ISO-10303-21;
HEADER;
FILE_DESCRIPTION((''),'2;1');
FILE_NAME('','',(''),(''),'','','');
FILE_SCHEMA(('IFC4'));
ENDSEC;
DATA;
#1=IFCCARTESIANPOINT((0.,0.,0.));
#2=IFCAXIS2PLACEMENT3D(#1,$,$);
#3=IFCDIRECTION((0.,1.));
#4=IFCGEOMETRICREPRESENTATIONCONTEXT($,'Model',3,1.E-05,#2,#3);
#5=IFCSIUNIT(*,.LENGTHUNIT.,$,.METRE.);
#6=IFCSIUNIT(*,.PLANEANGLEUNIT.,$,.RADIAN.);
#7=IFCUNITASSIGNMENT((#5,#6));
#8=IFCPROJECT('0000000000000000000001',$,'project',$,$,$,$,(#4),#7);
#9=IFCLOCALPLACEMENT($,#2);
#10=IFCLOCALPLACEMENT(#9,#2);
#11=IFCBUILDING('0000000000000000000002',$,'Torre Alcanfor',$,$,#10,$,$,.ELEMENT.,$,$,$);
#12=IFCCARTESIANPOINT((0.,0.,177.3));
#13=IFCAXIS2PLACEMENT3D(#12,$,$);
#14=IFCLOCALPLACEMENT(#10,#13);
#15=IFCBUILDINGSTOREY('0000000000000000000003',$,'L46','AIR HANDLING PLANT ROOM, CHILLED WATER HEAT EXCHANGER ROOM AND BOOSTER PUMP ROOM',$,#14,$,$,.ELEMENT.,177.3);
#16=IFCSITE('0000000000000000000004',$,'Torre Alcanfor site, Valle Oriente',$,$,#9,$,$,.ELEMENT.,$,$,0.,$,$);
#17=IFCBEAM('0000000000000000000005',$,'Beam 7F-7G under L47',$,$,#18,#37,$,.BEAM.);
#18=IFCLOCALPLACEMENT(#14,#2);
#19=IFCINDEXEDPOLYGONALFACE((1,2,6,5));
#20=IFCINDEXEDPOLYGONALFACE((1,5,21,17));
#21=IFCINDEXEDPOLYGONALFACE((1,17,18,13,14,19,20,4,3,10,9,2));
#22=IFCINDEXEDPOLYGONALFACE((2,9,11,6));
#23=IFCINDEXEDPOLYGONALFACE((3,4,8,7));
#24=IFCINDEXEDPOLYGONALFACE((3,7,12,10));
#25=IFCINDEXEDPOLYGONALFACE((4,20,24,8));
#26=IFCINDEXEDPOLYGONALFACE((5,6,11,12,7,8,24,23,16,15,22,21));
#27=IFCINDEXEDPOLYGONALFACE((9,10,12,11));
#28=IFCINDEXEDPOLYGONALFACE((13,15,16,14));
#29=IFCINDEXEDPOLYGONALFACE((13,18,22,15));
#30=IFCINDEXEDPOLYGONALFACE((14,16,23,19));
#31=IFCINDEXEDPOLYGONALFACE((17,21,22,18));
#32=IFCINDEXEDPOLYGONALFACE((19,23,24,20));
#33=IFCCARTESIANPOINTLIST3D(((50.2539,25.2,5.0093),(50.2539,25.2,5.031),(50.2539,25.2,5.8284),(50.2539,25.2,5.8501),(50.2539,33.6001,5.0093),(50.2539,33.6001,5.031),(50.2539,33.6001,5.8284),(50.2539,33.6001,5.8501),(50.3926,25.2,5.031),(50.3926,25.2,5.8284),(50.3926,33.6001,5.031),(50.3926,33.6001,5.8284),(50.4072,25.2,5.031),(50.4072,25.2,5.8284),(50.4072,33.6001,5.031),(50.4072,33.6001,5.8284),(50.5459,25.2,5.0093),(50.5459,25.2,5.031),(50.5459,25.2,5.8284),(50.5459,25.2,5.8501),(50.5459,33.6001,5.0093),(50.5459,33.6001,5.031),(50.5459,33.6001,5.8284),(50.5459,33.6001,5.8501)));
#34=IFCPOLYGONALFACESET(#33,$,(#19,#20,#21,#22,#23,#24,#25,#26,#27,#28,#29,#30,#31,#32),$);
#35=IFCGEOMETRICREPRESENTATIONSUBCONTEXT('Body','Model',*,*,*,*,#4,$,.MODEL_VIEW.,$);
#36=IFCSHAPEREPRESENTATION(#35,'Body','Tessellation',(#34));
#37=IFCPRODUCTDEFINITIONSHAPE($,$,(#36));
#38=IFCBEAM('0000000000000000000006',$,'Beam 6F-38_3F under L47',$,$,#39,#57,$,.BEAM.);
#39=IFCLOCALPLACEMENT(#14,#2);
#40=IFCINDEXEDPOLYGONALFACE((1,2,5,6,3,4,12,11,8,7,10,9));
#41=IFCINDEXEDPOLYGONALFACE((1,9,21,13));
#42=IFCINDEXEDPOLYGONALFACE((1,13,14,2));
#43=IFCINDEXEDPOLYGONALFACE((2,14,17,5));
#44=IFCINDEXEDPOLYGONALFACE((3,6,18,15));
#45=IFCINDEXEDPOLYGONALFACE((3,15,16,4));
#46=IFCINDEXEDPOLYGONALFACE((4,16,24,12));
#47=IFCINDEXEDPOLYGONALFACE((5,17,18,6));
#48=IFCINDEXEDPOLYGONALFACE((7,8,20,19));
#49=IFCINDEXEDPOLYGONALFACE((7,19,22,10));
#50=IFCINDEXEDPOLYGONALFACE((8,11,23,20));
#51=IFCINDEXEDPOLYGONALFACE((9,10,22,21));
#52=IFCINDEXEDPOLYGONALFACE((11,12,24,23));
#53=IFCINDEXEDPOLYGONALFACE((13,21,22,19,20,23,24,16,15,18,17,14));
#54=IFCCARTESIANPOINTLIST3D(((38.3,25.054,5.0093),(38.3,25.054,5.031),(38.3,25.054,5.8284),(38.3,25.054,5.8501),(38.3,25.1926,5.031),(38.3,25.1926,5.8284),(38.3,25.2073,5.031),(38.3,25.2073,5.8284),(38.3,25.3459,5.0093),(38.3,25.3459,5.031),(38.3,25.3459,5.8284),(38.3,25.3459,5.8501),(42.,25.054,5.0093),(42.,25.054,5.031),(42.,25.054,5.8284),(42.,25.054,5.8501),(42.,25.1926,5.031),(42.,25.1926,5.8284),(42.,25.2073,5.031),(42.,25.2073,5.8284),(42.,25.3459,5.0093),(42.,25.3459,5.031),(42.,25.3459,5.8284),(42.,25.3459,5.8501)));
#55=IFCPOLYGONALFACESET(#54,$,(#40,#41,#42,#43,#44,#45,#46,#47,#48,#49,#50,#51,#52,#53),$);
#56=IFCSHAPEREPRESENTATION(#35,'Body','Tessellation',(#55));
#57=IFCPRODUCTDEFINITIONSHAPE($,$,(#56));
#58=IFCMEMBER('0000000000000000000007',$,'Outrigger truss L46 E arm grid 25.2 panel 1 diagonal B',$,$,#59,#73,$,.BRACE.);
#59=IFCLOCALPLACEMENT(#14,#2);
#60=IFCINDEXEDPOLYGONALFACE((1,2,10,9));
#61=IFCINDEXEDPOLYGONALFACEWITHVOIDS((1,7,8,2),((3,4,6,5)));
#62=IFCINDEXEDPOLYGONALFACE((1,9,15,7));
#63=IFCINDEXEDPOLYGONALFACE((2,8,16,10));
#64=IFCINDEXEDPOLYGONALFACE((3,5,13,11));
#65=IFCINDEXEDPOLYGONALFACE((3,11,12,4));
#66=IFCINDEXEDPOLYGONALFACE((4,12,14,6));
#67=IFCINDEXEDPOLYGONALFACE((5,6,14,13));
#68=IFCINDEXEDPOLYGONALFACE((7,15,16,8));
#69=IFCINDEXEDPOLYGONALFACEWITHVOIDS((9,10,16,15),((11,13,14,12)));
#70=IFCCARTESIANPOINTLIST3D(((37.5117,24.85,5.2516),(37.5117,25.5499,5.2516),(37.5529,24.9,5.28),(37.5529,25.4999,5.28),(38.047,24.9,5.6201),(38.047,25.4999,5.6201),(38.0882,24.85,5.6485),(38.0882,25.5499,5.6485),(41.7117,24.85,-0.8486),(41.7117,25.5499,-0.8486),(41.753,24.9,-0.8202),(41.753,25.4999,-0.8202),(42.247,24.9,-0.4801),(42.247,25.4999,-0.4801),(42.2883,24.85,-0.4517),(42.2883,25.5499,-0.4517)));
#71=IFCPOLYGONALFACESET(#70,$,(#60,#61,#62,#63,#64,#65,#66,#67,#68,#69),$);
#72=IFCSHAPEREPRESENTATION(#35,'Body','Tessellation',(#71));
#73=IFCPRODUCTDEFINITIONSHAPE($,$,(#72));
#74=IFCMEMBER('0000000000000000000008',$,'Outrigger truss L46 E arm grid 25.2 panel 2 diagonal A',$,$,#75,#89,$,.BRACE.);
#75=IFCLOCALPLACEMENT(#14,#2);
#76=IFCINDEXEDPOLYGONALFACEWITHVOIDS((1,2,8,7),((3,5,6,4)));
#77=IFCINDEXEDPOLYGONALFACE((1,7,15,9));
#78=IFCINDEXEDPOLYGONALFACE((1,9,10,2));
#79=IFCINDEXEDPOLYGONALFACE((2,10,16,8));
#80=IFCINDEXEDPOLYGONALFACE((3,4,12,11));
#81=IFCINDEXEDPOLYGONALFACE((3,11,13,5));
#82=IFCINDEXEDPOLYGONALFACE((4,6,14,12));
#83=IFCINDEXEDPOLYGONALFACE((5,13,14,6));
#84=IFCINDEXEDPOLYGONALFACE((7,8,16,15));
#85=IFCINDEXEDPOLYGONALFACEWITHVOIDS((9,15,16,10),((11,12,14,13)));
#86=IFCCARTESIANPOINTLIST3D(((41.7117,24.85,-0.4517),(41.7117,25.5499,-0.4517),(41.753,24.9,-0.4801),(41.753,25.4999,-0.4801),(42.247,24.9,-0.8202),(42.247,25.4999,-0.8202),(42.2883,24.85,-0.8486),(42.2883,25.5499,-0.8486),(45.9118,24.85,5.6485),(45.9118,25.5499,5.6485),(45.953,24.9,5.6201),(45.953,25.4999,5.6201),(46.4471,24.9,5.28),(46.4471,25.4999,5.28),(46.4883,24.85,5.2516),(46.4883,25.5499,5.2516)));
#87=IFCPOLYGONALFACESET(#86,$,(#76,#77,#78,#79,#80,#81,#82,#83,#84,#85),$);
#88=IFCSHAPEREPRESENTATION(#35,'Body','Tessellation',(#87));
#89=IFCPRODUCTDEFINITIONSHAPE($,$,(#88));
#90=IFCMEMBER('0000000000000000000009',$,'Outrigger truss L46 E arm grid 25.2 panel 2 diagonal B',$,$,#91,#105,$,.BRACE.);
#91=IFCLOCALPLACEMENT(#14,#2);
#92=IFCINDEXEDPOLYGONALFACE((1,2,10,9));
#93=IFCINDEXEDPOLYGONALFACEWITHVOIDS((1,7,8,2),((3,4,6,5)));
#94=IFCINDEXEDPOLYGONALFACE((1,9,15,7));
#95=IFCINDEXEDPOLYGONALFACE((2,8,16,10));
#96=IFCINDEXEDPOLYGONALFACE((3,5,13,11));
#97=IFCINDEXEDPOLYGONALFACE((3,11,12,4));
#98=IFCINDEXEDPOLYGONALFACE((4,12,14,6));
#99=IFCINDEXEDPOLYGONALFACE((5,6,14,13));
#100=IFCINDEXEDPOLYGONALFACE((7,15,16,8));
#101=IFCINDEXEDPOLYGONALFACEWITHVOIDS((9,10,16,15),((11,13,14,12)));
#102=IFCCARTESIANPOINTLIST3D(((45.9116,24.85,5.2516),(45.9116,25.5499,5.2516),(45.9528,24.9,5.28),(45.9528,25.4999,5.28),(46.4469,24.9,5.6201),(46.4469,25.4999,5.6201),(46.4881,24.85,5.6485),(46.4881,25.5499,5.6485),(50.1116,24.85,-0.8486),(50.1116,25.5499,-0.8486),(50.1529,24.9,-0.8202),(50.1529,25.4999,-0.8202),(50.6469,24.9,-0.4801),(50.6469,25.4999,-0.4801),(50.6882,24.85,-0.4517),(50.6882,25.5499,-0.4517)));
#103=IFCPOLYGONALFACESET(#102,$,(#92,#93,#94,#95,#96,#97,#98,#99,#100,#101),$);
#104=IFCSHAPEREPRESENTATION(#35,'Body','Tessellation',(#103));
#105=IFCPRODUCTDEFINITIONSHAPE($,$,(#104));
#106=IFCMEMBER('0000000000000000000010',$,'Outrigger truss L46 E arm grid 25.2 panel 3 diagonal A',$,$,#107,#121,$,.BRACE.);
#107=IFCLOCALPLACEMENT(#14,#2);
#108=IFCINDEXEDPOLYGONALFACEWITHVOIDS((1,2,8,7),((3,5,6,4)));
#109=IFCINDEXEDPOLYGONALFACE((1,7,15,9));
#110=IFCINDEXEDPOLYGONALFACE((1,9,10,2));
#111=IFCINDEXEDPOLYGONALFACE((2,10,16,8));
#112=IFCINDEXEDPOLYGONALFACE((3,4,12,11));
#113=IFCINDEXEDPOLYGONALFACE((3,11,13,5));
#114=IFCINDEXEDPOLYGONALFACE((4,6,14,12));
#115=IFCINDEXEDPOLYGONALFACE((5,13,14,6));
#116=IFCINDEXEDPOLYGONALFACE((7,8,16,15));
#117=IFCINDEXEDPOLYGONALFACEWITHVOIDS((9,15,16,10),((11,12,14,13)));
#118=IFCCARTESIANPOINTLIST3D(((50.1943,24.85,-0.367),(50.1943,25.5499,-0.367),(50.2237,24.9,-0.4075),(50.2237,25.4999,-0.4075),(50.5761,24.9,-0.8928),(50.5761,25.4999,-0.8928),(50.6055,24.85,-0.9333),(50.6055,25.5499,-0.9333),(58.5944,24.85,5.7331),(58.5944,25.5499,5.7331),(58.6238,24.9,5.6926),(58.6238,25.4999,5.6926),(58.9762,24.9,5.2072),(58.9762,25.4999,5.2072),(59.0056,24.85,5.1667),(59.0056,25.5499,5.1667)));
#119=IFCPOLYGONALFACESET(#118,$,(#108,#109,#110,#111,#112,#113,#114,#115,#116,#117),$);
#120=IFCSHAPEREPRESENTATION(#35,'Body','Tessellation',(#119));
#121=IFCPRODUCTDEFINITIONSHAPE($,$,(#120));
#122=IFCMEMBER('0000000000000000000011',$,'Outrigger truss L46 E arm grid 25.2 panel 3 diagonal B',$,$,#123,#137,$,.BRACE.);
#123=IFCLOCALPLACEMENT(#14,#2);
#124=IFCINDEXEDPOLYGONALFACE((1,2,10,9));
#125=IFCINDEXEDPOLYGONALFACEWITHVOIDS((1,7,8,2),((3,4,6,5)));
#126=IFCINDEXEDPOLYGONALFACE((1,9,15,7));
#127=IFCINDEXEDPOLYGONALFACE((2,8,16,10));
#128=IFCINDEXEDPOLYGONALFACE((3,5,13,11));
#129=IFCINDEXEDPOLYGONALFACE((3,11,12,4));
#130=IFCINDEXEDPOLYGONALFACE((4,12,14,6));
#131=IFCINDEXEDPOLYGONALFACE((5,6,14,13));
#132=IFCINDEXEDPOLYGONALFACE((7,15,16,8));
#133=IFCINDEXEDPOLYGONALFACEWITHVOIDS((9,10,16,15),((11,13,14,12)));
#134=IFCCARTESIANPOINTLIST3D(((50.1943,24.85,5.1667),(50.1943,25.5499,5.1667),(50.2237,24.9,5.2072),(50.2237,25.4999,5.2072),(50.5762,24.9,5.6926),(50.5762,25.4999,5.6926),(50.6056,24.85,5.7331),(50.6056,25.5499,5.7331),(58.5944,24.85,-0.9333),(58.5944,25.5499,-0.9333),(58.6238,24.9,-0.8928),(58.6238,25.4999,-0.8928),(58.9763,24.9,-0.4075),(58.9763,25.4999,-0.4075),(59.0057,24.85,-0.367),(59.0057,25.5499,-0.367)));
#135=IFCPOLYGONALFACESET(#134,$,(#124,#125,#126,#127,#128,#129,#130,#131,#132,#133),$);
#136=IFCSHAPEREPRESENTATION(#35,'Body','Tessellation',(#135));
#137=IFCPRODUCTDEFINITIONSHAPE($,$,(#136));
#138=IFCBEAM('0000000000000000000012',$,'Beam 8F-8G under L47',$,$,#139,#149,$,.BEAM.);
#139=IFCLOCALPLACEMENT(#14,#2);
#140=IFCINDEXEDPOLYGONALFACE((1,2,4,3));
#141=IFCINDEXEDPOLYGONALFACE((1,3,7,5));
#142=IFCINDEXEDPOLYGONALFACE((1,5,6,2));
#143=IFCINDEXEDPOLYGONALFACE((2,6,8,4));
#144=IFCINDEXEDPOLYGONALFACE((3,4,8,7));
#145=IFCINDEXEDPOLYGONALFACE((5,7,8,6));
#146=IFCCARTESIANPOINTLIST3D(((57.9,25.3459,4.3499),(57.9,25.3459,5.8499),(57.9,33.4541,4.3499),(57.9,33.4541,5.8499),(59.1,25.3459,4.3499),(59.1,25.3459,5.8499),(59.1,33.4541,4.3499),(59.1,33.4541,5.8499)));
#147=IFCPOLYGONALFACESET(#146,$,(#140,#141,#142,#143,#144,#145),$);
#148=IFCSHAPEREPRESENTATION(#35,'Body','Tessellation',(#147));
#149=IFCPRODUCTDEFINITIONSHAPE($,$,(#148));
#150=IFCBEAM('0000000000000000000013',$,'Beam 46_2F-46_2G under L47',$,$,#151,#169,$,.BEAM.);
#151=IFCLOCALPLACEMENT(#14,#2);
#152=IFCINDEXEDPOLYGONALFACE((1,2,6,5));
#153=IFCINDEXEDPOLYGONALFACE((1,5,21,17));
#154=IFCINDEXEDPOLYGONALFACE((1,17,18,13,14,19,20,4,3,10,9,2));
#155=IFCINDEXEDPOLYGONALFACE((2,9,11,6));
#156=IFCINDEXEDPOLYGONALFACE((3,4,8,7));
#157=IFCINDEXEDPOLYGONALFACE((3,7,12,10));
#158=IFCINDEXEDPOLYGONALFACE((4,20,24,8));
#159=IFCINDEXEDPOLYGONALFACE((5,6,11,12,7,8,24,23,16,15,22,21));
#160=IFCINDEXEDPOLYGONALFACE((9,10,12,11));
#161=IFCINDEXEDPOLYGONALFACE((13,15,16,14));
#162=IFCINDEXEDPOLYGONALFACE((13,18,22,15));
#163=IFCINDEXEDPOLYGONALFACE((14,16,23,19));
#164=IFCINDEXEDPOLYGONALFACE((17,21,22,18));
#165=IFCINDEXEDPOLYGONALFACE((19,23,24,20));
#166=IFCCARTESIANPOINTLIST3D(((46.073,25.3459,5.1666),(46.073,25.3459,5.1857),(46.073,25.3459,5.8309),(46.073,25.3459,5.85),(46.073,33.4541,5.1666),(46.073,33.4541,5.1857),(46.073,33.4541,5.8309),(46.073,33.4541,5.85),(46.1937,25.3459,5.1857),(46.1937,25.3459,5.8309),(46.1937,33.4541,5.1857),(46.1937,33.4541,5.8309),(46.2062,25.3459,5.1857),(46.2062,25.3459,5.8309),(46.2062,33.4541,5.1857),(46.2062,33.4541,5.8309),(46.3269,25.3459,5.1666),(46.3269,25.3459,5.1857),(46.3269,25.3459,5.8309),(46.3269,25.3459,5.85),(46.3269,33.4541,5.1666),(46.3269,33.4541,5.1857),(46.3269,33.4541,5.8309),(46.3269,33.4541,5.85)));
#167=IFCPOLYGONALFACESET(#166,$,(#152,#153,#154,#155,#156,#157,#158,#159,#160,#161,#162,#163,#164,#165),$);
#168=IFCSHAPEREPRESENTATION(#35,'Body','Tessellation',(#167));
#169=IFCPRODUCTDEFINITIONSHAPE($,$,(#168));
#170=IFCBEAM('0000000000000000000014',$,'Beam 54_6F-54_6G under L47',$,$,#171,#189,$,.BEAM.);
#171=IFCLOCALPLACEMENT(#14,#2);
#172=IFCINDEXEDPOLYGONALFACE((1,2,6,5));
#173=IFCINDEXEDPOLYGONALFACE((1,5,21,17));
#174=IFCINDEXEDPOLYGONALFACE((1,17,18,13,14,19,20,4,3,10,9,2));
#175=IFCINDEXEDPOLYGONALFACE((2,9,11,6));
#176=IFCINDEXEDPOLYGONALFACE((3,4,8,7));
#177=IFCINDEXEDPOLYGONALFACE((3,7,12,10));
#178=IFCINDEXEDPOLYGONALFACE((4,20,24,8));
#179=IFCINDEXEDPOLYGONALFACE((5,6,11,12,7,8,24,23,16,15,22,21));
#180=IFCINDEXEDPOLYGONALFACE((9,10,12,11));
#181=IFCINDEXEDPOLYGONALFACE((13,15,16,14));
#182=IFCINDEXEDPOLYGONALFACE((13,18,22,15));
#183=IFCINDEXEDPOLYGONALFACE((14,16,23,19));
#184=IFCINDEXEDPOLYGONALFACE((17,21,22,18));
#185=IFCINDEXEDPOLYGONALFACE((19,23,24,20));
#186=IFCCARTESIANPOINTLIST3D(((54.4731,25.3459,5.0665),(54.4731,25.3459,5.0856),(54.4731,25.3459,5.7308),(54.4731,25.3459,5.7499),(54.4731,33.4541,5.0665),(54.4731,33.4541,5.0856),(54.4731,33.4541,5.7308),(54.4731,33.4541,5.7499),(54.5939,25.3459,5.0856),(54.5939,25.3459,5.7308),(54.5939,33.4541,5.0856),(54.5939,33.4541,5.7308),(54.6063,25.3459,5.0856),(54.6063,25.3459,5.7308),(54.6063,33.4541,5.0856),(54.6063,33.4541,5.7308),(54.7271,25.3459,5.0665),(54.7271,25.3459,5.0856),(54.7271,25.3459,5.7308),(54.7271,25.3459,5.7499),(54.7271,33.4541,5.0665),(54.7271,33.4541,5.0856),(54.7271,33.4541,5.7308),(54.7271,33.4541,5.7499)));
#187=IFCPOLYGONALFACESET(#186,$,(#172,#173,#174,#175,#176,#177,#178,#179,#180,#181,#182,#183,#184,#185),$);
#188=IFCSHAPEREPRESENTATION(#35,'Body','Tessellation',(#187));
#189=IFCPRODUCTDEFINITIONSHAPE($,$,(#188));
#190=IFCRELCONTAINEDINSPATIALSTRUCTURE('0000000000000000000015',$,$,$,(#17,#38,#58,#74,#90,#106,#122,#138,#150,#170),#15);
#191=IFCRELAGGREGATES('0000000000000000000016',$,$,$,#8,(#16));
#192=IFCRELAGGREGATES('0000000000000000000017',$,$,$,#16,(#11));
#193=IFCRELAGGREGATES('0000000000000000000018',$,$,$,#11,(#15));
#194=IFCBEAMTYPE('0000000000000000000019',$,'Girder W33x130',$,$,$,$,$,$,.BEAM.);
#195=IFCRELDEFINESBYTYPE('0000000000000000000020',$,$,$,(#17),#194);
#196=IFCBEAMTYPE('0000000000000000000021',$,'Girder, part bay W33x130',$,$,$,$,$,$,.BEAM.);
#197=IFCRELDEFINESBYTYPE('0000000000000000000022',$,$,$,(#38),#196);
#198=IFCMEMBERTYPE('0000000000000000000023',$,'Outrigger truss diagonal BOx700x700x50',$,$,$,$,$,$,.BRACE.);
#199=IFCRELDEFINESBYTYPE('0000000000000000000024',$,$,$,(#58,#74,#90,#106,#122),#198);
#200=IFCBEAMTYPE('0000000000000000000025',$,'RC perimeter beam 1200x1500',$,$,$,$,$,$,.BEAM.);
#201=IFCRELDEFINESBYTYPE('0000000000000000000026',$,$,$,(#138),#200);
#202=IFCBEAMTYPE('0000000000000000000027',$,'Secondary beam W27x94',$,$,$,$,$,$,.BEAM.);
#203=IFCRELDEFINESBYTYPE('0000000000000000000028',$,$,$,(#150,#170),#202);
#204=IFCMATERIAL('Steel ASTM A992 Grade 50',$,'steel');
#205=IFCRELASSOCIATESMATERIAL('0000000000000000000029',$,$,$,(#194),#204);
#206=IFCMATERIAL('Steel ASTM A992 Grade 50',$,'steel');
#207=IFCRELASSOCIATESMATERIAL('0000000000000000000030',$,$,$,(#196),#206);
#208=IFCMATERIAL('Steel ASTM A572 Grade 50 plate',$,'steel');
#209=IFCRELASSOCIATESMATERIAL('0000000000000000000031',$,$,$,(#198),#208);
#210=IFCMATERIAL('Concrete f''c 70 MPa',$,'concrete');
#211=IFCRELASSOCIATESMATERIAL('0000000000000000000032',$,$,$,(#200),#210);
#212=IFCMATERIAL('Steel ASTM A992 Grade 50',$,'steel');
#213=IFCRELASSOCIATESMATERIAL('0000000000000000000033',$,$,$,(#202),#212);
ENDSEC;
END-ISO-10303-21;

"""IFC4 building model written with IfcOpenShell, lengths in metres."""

from ifc_helpers import new_model, si_unit, direction, frame, origin, origin_2d, place, context, subcontext, project, spatial, rectangle, hollow_rectangle, i_section, extrude, material, material_profile, profile_set, type_object, element, save


model = new_model("IFC4")

# Units and contexts
model_context = context("Model", 3, precision=1e-05, world=origin(), true_north=direction((0.0, 1.0)))
body_context = subcontext(model_context, "Body", "Model", "MODEL_VIEW")
ifc_project = project(units=[si_unit("LENGTHUNIT", "METRE"), si_unit("PLANEANGLEUNIT", "RADIAN")], contexts=[model_context])

# Site, building, storey
site_placement = place(None, origin())
site = spatial("IfcSite", under=ifc_project, at=site_placement, Name="Torre Alcanfor site, Valle Oriente", CompositionType="ELEMENT", RefElevation=0.0)
building_placement = place(site_placement, origin())
building = spatial("IfcBuilding", under=site, at=building_placement, Name="Torre Alcanfor", CompositionType="ELEMENT")
storey_placement = place(building_placement, frame((0.0, 0.0, 177.3)))
storey = spatial("IfcBuildingStorey", under=building, at=storey_placement, Name="L46", Description="AIR HANDLING PLANT ROOM, CHILLED WATER HEAT EXCHANGER ROOM AND BOOSTER PUMP ROOM", CompositionType="ELEMENT", Elevation=177.3)

# Beams
ifc_material_1 = material(Name="Steel ASTM A992 Grade 50", Category="steel")
ifc_material_profile_1 = material_profile(ifc_material_1, i_section(OverallWidth=0.292, OverallDepth=0.8408, WebThickness=0.0146, FlangeThickness=0.0217, at=origin_2d()), Name="W33x130")
ifc_profile_set_1 = profile_set([ifc_material_profile_1], Name="Steel ASTM A992 Grade 50")
beam_type_1 = type_object("IfcBeamType", Name="Girder W33x130", PredefinedType="BEAM", material=ifc_profile_set_1)
for number, where, z_axis, x_axis, name in (
    (1, (50.3999, 25.2, 5.4297), (0.0, 1.0, 0.0), (-1.0, 0.0, 0.0), "Beam 7F-7G under L47"),
):
    element("IfcBeam", number, at=place(storey_placement, frame(where, z_axis=z_axis, x_axis=x_axis)), inside=storey, type_object=beam_type_1, Name=name, PredefinedType="BEAM", context=body_context, shape_type="SweptSolid", body=[
        extrude(i_section(OverallWidth=0.292, OverallDepth=0.8408, WebThickness=0.0146, FlangeThickness=0.0217, at=origin_2d()), origin(), (0.0, 0.0, 1.0), 8.4001),
    ])
ifc_material_2 = material(Name="Steel ASTM A992 Grade 50", Category="steel")
ifc_material_profile_2 = material_profile(ifc_material_2, i_section(OverallWidth=0.292, OverallDepth=0.8408, WebThickness=0.0146, FlangeThickness=0.0217, at=origin_2d()), Name="W33x130")
ifc_profile_set_2 = profile_set([ifc_material_profile_2], Name="Steel ASTM A992 Grade 50")
beam_type_2 = type_object("IfcBeamType", Name="Girder, part bay W33x130", PredefinedType="BEAM", material=ifc_profile_set_2)
beam_1_placement = place(storey_placement, frame((42.0, 25.2, 5.4297), z_axis=(-1.0, 0.0, 0.0), x_axis=(0.0, -1.0, 0.0)))
element("IfcBeam", 2, at=beam_1_placement, inside=storey, type_object=beam_type_2, Name="Beam 6F-38_3F under L47", PredefinedType="BEAM", context=body_context, shape_type="SweptSolid", body=[
    extrude(i_section(OverallWidth=0.292, OverallDepth=0.8408, WebThickness=0.0146, FlangeThickness=0.0217, at=origin_2d()), origin(), (0.0, 0.0, 1.0), 3.7),
])

# Members
ifc_material_3 = material(Name="Steel ASTM A572 Grade 50 plate", Category="steel")
ifc_material_profile_3 = material_profile(ifc_material_3, hollow_rectangle(XDim=0.7, YDim=0.7, WallThickness=0.05, at=origin_2d()), Name="BOX 700x700x50")
ifc_profile_set_3 = profile_set([ifc_material_profile_3], Name="Steel ASTM A572 Grade 50 plate")
member_type_1 = type_object("IfcMemberType", Name="Outrigger truss diagonal BOx700x700x50", PredefinedType="BRACE", material=ifc_profile_set_3)
for number, where, z_axis, x_axis, name in (
    (3, (42.0, 25.2, -0.6501), (-0.567091, 0.0, 0.823655), (0.0, -1.0, 0.0), "Outrigger truss L46 E arm grid 25.2 panel 1 diagonal B"),
    (4, (42.0, 25.2, -0.6501), (0.567091, 0.0, 0.823655), (0.0, 1.0, 0.0), "Outrigger truss L46 E arm grid 25.2 panel 2 diagonal A"),
    (5, (50.3999, 25.2, -0.6501), (-0.567091, 0.0, 0.823655), (0.0, -1.0, 0.0), "Outrigger truss L46 E arm grid 25.2 panel 2 diagonal B"),
):
    element("IfcMember", number, at=place(storey_placement, frame(where, z_axis=z_axis, x_axis=x_axis)), inside=storey, type_object=member_type_1, Name=name, PredefinedType="BRACE", context=body_context, shape_type="SweptSolid", body=[
        extrude(hollow_rectangle(XDim=0.7, YDim=0.7, WallThickness=0.05, at=origin_2d()), origin(), (0.0, 0.0, 1.0), 7.4062),
    ])
for number, where, z_axis, x_axis, name in (
    (6, (50.3999, 25.2, -0.6501), (0.809153, 0.0, 0.587598), (0.0, 1.0, 0.0), "Outrigger truss L46 E arm grid 25.2 panel 3 diagonal A"),
    (7, (58.8, 25.2, -0.6501), (-0.809153, 0.0, 0.587598), (0.0, -1.0, 0.0), "Outrigger truss L46 E arm grid 25.2 panel 3 diagonal B"),
):
    element("IfcMember", number, at=place(storey_placement, frame(where, z_axis=z_axis, x_axis=x_axis)), inside=storey, type_object=member_type_1, Name=name, PredefinedType="BRACE", context=body_context, shape_type="SweptSolid", body=[
        extrude(hollow_rectangle(XDim=0.7, YDim=0.7, WallThickness=0.05, at=origin_2d()), origin(), (0.0, 0.0, 1.0), 10.3813),
    ])

# Beams
ifc_material_4 = material(Name="Concrete f'c 70 MPa", Category="concrete")
ifc_material_profile_4 = material_profile(ifc_material_4, rectangle(XDim=1.2, YDim=1.5, at=origin_2d()), Name="1200x1500")
ifc_profile_set_4 = profile_set([ifc_material_profile_4], Name="Concrete f'c 70 MPa")
beam_type_3 = type_object("IfcBeamType", Name="RC perimeter beam 1200x1500", PredefinedType="BEAM", material=ifc_profile_set_4)
beam_2_placement = place(storey_placement, frame((58.5, 25.3459, 5.0999), z_axis=(0.0, 1.0, 0.0), x_axis=(-1.0, 0.0, 0.0)))
element("IfcBeam", 8, at=beam_2_placement, inside=storey, type_object=beam_type_3, Name="Beam 8F-8G under L47", PredefinedType="BEAM", context=body_context, shape_type="SweptSolid", body=[
    extrude(rectangle(XDim=1.2, YDim=1.5, at=origin_2d()), origin(), (0.0, 0.0, 1.0), 8.1082),
])
ifc_material_5 = material(Name="Steel ASTM A992 Grade 50", Category="steel")
ifc_material_profile_5 = material_profile(ifc_material_5, i_section(OverallWidth=0.2539, OverallDepth=0.6833, WebThickness=0.0125, FlangeThickness=0.019, at=origin_2d()), Name="W27x94")
ifc_profile_set_5 = profile_set([ifc_material_profile_5], Name="Steel ASTM A992 Grade 50")
beam_type_4 = type_object("IfcBeamType", Name="Secondary beam W27x94", PredefinedType="BEAM", material=ifc_profile_set_5)
for number, where, z_axis, x_axis, name in (
    (9, (46.2, 25.3459, 5.5083), (0.0, 1.0, 0.0), (-1.0, 0.0, 0.0), "Beam 46_2F-46_2G under L47"),
    (10, (54.6001, 25.3459, 5.4082), (0.0, 1.0, 0.0), (-1.0, 0.0, 0.0), "Beam 54_6F-54_6G under L47"),
):
    element("IfcBeam", number, at=place(storey_placement, frame(where, z_axis=z_axis, x_axis=x_axis)), inside=storey, type_object=beam_type_4, Name=name, PredefinedType="BEAM", context=body_context, shape_type="SweptSolid", body=[
        extrude(i_section(OverallWidth=0.2539, OverallDepth=0.6833, WebThickness=0.0125, FlangeThickness=0.019, at=origin_2d()), origin(), (0.0, 0.0, 1.0), 8.1082),
    ])

save(model, "model.ifc")
